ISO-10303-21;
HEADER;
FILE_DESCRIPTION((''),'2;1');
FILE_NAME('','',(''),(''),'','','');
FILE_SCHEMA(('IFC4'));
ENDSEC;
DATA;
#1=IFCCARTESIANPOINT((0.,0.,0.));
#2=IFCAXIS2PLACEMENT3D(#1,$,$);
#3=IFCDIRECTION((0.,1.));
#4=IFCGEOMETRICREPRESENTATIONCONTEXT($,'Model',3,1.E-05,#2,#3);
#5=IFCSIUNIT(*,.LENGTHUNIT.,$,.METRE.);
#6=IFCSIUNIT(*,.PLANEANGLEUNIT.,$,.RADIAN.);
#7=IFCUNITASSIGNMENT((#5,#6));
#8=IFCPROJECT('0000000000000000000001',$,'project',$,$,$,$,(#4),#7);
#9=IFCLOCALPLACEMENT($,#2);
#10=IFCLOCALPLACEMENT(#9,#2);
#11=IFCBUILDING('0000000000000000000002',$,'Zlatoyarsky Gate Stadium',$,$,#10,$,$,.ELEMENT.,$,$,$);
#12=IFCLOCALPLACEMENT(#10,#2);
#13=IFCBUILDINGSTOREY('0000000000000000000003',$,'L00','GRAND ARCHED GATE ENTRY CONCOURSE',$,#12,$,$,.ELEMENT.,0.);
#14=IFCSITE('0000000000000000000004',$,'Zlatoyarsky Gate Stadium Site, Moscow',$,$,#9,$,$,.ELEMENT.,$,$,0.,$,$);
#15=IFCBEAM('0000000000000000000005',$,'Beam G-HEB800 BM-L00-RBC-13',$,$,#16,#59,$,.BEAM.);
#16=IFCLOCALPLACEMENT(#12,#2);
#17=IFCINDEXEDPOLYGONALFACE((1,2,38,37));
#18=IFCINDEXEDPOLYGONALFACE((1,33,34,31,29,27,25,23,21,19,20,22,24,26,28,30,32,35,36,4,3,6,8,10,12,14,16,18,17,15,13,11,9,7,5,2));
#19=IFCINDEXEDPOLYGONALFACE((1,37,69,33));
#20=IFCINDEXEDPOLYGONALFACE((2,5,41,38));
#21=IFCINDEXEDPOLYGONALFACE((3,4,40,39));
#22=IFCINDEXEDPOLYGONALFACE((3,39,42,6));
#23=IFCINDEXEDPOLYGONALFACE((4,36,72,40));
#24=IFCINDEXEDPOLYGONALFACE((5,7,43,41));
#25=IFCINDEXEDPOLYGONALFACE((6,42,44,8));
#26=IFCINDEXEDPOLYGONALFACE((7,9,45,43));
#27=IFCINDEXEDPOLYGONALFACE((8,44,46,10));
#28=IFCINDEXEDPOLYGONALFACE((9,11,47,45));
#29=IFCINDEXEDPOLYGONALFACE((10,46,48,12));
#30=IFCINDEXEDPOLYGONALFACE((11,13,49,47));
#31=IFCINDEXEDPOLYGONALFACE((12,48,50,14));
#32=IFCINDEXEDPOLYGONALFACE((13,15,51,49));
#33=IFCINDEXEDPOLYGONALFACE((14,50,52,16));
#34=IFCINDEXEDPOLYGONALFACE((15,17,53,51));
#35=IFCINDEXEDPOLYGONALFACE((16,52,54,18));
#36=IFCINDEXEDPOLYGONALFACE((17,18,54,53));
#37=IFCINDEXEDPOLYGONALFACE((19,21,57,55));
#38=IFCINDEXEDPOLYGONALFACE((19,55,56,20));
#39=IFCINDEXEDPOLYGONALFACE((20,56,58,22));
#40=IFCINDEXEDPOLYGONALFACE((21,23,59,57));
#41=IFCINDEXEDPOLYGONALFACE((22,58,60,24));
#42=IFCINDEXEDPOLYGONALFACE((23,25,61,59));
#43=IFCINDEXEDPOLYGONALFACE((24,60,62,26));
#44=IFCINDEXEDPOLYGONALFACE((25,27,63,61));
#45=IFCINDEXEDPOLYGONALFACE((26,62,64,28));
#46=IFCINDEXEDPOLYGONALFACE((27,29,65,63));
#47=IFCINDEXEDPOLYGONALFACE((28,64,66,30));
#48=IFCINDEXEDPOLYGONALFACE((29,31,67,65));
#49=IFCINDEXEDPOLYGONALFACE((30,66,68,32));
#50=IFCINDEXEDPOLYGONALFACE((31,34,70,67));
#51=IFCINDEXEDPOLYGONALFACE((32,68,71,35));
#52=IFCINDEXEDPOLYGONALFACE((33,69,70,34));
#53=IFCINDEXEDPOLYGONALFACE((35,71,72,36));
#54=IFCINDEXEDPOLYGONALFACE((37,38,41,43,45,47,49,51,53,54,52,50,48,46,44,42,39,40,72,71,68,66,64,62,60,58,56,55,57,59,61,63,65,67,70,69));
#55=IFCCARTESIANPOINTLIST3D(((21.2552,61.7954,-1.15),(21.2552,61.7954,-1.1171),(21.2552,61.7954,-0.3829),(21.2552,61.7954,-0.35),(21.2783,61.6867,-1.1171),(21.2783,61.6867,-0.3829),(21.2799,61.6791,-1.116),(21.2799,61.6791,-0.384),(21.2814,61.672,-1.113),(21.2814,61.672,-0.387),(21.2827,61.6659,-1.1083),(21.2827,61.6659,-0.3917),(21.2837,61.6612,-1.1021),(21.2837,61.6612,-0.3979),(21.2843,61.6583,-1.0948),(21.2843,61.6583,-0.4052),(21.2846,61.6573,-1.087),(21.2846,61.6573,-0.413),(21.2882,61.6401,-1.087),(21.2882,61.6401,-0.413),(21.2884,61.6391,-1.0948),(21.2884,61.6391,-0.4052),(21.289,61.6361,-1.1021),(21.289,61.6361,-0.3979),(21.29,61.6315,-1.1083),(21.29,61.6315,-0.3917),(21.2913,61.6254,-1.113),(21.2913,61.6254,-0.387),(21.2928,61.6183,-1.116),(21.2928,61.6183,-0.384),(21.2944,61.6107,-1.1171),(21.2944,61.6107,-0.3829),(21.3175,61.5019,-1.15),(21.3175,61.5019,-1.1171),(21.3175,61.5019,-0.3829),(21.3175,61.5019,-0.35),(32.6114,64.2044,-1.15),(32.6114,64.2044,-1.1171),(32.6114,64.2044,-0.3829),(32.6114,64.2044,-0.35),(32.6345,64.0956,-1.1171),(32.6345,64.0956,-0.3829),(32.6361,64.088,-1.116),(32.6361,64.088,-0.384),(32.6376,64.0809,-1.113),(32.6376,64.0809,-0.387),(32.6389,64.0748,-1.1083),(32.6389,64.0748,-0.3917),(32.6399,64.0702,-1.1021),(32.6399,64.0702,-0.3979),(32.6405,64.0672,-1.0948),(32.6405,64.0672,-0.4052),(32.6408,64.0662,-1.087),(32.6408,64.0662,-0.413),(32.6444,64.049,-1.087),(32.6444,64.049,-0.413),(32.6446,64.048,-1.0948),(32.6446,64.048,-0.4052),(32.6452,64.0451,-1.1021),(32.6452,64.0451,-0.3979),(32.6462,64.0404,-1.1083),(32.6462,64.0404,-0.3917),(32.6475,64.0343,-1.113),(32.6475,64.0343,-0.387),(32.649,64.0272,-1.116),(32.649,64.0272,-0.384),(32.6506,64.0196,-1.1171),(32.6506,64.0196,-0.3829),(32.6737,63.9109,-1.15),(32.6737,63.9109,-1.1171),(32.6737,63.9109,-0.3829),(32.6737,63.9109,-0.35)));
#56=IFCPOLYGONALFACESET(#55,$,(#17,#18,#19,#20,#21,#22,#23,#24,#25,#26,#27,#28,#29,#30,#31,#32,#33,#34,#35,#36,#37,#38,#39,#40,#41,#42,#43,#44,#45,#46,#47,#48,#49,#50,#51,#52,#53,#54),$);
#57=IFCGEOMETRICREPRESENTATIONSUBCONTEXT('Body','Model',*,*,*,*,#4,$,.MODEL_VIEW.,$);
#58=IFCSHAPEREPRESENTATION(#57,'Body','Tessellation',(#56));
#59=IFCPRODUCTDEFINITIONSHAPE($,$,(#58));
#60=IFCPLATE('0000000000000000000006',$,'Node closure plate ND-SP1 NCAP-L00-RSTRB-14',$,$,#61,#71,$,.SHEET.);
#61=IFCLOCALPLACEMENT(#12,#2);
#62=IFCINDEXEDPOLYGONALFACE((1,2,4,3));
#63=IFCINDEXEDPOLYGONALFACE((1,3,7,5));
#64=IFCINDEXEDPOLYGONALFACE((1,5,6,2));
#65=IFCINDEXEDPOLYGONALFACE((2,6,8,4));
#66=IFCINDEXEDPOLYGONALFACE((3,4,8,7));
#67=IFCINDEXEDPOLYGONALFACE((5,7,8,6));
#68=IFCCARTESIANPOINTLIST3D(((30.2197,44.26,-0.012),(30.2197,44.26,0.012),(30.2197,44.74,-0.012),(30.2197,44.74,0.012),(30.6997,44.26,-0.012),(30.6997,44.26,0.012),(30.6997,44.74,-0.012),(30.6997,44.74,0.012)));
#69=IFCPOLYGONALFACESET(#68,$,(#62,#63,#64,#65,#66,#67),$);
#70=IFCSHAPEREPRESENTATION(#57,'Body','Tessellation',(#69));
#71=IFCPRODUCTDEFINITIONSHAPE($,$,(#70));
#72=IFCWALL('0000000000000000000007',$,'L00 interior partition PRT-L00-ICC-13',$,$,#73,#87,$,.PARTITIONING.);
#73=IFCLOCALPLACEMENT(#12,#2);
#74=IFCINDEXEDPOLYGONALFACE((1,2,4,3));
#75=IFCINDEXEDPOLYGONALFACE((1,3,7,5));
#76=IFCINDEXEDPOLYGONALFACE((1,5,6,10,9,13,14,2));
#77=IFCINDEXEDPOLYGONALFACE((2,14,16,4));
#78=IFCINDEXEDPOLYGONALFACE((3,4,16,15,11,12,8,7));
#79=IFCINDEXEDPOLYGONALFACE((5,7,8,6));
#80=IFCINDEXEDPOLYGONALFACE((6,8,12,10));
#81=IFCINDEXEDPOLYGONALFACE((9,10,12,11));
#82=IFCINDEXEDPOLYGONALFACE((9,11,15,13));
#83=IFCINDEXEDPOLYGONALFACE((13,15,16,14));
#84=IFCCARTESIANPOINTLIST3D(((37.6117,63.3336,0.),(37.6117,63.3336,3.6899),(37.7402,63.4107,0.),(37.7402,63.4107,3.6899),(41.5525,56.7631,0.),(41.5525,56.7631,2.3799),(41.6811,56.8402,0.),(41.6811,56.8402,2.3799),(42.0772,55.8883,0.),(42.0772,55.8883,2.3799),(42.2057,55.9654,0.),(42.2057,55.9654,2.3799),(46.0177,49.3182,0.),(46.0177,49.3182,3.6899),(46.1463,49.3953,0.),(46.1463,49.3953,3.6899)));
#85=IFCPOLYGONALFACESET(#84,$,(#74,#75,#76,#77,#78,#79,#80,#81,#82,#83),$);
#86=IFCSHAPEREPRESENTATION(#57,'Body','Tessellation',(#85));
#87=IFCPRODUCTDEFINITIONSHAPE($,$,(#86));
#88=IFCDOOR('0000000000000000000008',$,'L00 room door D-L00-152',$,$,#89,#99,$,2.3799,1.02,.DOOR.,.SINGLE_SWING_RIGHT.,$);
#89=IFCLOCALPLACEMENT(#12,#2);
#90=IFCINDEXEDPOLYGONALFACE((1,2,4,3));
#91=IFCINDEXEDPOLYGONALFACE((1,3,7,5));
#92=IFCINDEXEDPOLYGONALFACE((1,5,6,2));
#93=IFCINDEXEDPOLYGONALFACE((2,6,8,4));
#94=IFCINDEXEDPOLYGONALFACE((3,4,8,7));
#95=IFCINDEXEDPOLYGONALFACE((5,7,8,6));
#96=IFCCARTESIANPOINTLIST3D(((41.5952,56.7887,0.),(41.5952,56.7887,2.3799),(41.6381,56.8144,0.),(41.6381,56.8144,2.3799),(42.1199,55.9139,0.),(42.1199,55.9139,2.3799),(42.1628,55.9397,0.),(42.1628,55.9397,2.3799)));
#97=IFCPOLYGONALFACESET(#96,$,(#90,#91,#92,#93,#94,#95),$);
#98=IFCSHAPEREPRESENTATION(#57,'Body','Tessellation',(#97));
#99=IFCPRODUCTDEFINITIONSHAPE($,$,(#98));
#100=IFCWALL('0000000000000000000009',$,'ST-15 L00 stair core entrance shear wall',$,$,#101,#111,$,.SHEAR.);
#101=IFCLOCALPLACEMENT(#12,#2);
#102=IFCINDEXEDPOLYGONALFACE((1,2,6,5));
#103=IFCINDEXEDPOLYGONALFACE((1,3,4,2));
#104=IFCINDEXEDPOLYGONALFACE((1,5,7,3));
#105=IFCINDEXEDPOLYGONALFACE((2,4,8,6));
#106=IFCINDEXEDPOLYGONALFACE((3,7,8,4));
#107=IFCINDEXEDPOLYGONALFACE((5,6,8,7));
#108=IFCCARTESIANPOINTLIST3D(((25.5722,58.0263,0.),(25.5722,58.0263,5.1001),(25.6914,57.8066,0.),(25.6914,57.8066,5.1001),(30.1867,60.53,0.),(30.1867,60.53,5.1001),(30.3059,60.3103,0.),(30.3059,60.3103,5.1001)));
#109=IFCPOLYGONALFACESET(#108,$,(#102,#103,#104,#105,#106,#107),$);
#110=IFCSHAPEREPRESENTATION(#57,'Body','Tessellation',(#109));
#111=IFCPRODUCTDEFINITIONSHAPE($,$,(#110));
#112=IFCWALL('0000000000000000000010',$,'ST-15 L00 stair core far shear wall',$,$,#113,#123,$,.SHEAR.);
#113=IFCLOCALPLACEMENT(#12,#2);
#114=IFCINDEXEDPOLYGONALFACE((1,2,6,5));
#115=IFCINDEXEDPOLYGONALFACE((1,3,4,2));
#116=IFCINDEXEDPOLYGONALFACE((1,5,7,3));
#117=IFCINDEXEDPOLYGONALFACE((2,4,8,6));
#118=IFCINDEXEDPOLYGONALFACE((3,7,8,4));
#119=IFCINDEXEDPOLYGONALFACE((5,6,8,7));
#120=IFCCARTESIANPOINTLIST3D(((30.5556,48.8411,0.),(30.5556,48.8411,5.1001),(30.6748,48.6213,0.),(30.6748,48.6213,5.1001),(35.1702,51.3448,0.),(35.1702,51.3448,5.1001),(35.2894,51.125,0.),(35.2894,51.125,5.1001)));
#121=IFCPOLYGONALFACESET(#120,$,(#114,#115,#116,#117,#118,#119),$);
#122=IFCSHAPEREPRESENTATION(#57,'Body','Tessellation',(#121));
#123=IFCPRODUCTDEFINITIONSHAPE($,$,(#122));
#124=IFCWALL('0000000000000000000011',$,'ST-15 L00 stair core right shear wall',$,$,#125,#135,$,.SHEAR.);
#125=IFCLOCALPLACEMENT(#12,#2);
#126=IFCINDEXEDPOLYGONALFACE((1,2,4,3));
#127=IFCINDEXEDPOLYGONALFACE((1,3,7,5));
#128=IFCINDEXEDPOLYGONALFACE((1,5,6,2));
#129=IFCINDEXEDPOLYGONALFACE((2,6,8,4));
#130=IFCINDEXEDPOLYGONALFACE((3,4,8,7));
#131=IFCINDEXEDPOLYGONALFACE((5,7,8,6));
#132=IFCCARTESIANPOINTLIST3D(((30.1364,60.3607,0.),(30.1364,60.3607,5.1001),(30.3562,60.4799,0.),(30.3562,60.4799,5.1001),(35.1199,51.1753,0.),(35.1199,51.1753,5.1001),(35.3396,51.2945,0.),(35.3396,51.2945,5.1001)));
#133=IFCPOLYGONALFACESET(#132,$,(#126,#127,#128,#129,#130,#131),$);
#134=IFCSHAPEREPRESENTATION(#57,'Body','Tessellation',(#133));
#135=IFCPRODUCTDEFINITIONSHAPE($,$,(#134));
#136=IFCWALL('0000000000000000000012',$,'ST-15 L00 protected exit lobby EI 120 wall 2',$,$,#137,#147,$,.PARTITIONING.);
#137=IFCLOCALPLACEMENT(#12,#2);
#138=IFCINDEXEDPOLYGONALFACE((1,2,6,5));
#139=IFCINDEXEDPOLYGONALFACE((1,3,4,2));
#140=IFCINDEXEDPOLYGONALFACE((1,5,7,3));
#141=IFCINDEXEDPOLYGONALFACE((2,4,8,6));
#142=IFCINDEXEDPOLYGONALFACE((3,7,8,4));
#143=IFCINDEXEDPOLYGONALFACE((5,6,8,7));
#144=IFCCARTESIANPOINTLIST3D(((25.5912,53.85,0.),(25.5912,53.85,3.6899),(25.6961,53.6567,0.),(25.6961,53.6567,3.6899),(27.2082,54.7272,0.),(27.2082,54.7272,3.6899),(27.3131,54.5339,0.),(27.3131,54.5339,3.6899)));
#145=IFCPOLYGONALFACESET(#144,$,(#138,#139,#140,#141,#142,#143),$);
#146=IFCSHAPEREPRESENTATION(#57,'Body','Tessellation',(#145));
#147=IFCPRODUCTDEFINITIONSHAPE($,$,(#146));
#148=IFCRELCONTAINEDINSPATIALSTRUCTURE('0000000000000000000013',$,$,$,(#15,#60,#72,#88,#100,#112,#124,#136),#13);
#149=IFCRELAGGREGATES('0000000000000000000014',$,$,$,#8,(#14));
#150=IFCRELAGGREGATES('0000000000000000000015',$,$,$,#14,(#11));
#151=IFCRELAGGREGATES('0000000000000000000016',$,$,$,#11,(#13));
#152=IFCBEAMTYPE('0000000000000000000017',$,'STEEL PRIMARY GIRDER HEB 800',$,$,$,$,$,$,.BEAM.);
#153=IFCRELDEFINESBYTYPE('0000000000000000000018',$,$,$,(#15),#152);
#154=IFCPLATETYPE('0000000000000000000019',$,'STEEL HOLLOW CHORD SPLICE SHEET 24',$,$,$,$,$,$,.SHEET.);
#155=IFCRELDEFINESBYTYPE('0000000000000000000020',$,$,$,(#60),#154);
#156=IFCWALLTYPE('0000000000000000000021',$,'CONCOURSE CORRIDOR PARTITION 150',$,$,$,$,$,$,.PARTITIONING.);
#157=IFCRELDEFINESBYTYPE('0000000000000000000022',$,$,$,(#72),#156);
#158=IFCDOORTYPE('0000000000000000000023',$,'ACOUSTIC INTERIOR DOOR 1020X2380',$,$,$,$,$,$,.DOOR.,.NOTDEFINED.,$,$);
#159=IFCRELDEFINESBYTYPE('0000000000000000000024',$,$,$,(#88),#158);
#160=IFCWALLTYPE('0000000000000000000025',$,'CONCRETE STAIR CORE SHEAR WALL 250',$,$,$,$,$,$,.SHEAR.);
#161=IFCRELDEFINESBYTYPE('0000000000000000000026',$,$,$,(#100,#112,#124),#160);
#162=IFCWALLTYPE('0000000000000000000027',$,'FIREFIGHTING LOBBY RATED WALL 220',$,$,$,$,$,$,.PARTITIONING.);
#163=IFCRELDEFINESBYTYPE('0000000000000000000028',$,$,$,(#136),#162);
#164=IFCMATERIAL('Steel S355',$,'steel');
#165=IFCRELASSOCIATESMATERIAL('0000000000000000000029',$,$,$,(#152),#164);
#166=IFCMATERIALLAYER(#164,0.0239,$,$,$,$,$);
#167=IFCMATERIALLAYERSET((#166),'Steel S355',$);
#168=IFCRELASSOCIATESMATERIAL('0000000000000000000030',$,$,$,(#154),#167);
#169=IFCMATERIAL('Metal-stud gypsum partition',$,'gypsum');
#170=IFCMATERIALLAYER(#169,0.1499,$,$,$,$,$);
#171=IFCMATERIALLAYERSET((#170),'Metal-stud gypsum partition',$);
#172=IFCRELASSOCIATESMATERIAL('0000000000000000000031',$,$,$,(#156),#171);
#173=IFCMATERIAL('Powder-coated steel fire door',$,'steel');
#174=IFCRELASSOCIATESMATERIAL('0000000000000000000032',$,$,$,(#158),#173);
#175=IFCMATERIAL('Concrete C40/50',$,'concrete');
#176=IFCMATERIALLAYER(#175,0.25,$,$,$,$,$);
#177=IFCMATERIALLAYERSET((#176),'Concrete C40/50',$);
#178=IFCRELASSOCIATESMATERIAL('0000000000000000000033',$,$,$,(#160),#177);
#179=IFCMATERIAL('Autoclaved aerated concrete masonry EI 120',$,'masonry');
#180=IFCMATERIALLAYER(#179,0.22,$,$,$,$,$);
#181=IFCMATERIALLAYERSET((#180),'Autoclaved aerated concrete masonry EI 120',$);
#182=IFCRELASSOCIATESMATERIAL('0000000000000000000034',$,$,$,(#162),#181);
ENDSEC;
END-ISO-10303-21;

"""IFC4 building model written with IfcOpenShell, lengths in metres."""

from ifc_helpers import new_model, si_unit, direction, frame, frame_2d, origin, origin_2d, place, context, subcontext, project, spatial, rectangle, i_section, extrude, material, layer, layer_set, material_profile, profile_set, type_object, element, fill, save


model = new_model("IFC4")

# Units and contexts
model_context = context("Model", 3, precision=1e-05, world=origin(), true_north=direction((0.0, 1.0)))
body_context = subcontext(model_context, "Body", "Model", "MODEL_VIEW")
ifc_project = project(units=[si_unit("LENGTHUNIT", "METRE"), si_unit("PLANEANGLEUNIT", "RADIAN")], contexts=[model_context])

# Site, building, storey
site_placement = place(None, origin())
site = spatial("IfcSite", under=ifc_project, at=site_placement, Name="Zlatoyarsky Gate Stadium Site, Moscow", CompositionType="ELEMENT", RefElevation=0.0)
building_placement = place(site_placement, origin())
building = spatial("IfcBuilding", under=site, at=building_placement, Name="Zlatoyarsky Gate Stadium", CompositionType="ELEMENT")
storey_placement = place(building_placement, origin())
storey = spatial("IfcBuildingStorey", under=building, at=storey_placement, Name="L00", Description="GRAND ARCHED GATE ENTRY CONCOURSE", CompositionType="ELEMENT", Elevation=0.0)

# Shared definitions
ifc_material_1 = material(Name="Concrete C40/50", Category="concrete")

# Shared definitions
ifc_material_2 = material(Name="Steel S355", Category="steel")

# Beam
ifc_material_profile_1 = material_profile(ifc_material_2, i_section(OverallWidth=0.3, OverallDepth=0.8, WebThickness=0.0176, FlangeThickness=0.033, FilletRadius=0.03, at=origin_2d()), Name="HEB 800")
ifc_profile_set_1 = profile_set([ifc_material_profile_1], Name="Steel S355")
beam_type_1 = type_object("IfcBeamType", Name="STEEL PRIMARY GIRDER HEB 800", PredefinedType="BEAM", material=ifc_profile_set_1)
beam_1_placement = place(storey_placement, frame((32.6426, 64.0576, -0.75), z_axis=(-0.978233, -0.207508, 0.0), x_axis=(0.207508, -0.978233, 0.0)))
element("IfcBeam", 1, at=beam_1_placement, inside=storey, type_object=beam_type_1, Name="Beam G-HEB800 BM-L00-RBC-13", PredefinedType="BEAM", context=body_context, shape_type="SweptSolid", body=[
    extrude(i_section(OverallWidth=0.3, OverallDepth=0.8, WebThickness=0.0176, FlangeThickness=0.033, FilletRadius=0.03, at=origin_2d()), origin(), (0.0, 0.0, 1.0), 11.6089),
])

# Plate
ifc_layer_1 = layer(ifc_material_2, 0.0239)
ifc_layer_set_1 = layer_set([ifc_layer_1], Name="Steel S355")
plate_type = type_object("IfcPlateType", Name="STEEL HOLLOW CHORD SPLICE SHEET 24", PredefinedType="SHEET", material=ifc_layer_set_1)
plate_placement = place(storey_placement, frame((30.4597, 44.5, -0.012), z_axis=(0.0, 0.0, 1.0), x_axis=(1.0, 0.0, 0.0)))
element("IfcPlate", 2, at=plate_placement, inside=storey, type_object=plate_type, Name="Node closure plate ND-SP1 NCAP-L00-RSTRB-14", PredefinedType="SHEET", context=body_context, shape_type="SweptSolid", body=[
    extrude(rectangle(XDim=0.48, YDim=0.48, at=origin_2d()), origin(), (0.0, 0.0, 1.0), 0.0239),
])

# Wall, opening, door
ifc_material_3 = material(Name="Metal-stud gypsum partition", Category="gypsum")
ifc_layer_2 = layer(ifc_material_3, 0.1499)
ifc_layer_set_2 = layer_set([ifc_layer_2], Name="Metal-stud gypsum partition")
wall_type_1 = type_object("IfcWallType", Name="CONCOURSE CORRIDOR PARTITION 150", PredefinedType="PARTITIONING", material=ifc_layer_set_2)
wall_1_placement = place(storey_placement, frame((37.676, 63.3721, 0.0), z_axis=(0.0, 0.0, 1.0), x_axis=(0.514351, -0.85758, 0.0)))
wall_1 = element("IfcWall", 3, at=wall_1_placement, inside=storey, type_object=wall_type_1, Name="L00 interior partition PRT-L00-ICC-13", PredefinedType="PARTITIONING", context=body_context, shape_type="SweptSolid", body=[
    extrude(rectangle(XDim=16.343, YDim=0.1499, at=frame_2d((8.1714, 0.0))), origin(), (0.0, 0.0, 1.0), 3.6899),
])
opening_1_placement = place(wall_1_placement, frame((7.6616, 0.0, 0.0)))
opening_1 = element("IfcOpeningElement", 4, at=opening_1_placement, cuts=wall_1, PredefinedType="OPENING", context=body_context, shape_type="SweptSolid", body=[
    extrude(rectangle(XDim=1.02, YDim=2.3799, at=frame_2d((0.51, 1.1899))), frame((0.0, 0.085, 0.0), z_axis=(0.0, -1.0, 0.0), x_axis=(1.0, 0.0, 0.0)), (0.0, 0.0, 1.0), 0.1699),
])
ifc_material_4 = material(Name="Powder-coated steel fire door", Category="steel")
door_type_1 = type_object("IfcDoorType", Name="ACOUSTIC INTERIOR DOOR 1020X2380", OperationType="NOTDEFINED", PredefinedType="DOOR", material=ifc_material_4)
door_1_placement = place(opening_1_placement, origin())
door_1 = element("IfcDoor", 5, at=door_1_placement, inside=storey, type_object=door_type_1, Name="L00 room door D-L00-152", OperationType="SINGLE_SWING_RIGHT", OverallHeight=2.3799, OverallWidth=1.02, PredefinedType="DOOR", context=body_context, shape_type="SweptSolid", body=[
    extrude(rectangle(XDim=1.02, YDim=2.3799, at=frame_2d((0.51, 1.1899))), frame((0.0, 0.0249, 0.0), z_axis=(0.0, -1.0, 0.0), x_axis=(1.0, 0.0, 0.0)), (0.0, 0.0, 1.0), 0.05),
])
fill(opening_1, door_1)

# Walls
ifc_layer_3 = layer(ifc_material_1, 0.25)
ifc_layer_set_3 = layer_set([ifc_layer_3], Name="Concrete C40/50")
wall_type_2 = type_object("IfcWallType", Name="CONCRETE STAIR CORE SHEAR WALL 250", PredefinedType="SHEAR", material=ifc_layer_set_3)
for number, where, z_axis, x_axis, name in (
    (6, (30.2463, 60.4202, 0.0), (0.0, 0.0, 1.0), (-0.878961, -0.476893, 0.0), "ST-15 L00 stair core entrance shear wall"),
    (7, (30.6152, 48.7312, 0.0), (0.0, 0.0, 1.0), (0.878961, 0.476893, 0.0), "ST-15 L00 stair core far shear wall"),
):
    element("IfcWall", number, at=place(storey_placement, frame(where, z_axis=z_axis, x_axis=x_axis)), inside=storey, type_object=wall_type_2, Name=name, PredefinedType="SHEAR", context=body_context, shape_type="SweptSolid", body=[
        extrude(rectangle(XDim=5.25, YDim=0.25, at=frame_2d((2.625, 0.0))), origin(), (0.0, 0.0, 1.0), 5.1001),
    ])
wall_2_placement = place(storey_placement, frame((35.2297, 51.2349, 0.0), z_axis=(0.0, 0.0, 1.0), x_axis=(-0.476877, 0.87897, 0.0)))
element("IfcWall", 8, at=wall_2_placement, inside=storey, type_object=wall_type_2, Name="ST-15 L00 stair core right shear wall", PredefinedType="SHEAR", context=body_context, shape_type="SweptSolid", body=[
    extrude(rectangle(XDim=10.4502, YDim=0.25, at=frame_2d((5.2251, 0.0))), origin(), (0.0, 0.0, 1.0), 5.1001),
])
ifc_material_5 = material(Name="Autoclaved aerated concrete masonry EI 120", Category="masonry")
ifc_layer_4 = layer(ifc_material_5, 0.22)
ifc_layer_set_4 = layer_set([ifc_layer_4], Name="Autoclaved aerated concrete masonry EI 120")
wall_type_3 = type_object("IfcWallType", Name="FIREFIGHTING LOBBY RATED WALL 220", PredefinedType="PARTITIONING", material=ifc_layer_set_4)
wall_3_placement = place(storey_placement, frame((27.2607, 54.6306, 0.0), z_axis=(0.0, 0.0, 1.0), x_axis=(-0.878984, -0.476852, 0.0)))
element("IfcWall", 9, at=wall_3_placement, inside=storey, type_object=wall_type_3, Name="ST-15 L00 protected exit lobby EI 120 wall 2", PredefinedType="PARTITIONING", context=body_context, shape_type="SweptSolid", body=[
    extrude(rectangle(XDim=1.8396, YDim=0.22, at=frame_2d((0.9199, 0.0))), origin(), (0.0, 0.0, 1.0), 3.6899),
])

save(model, "model.ifc")
